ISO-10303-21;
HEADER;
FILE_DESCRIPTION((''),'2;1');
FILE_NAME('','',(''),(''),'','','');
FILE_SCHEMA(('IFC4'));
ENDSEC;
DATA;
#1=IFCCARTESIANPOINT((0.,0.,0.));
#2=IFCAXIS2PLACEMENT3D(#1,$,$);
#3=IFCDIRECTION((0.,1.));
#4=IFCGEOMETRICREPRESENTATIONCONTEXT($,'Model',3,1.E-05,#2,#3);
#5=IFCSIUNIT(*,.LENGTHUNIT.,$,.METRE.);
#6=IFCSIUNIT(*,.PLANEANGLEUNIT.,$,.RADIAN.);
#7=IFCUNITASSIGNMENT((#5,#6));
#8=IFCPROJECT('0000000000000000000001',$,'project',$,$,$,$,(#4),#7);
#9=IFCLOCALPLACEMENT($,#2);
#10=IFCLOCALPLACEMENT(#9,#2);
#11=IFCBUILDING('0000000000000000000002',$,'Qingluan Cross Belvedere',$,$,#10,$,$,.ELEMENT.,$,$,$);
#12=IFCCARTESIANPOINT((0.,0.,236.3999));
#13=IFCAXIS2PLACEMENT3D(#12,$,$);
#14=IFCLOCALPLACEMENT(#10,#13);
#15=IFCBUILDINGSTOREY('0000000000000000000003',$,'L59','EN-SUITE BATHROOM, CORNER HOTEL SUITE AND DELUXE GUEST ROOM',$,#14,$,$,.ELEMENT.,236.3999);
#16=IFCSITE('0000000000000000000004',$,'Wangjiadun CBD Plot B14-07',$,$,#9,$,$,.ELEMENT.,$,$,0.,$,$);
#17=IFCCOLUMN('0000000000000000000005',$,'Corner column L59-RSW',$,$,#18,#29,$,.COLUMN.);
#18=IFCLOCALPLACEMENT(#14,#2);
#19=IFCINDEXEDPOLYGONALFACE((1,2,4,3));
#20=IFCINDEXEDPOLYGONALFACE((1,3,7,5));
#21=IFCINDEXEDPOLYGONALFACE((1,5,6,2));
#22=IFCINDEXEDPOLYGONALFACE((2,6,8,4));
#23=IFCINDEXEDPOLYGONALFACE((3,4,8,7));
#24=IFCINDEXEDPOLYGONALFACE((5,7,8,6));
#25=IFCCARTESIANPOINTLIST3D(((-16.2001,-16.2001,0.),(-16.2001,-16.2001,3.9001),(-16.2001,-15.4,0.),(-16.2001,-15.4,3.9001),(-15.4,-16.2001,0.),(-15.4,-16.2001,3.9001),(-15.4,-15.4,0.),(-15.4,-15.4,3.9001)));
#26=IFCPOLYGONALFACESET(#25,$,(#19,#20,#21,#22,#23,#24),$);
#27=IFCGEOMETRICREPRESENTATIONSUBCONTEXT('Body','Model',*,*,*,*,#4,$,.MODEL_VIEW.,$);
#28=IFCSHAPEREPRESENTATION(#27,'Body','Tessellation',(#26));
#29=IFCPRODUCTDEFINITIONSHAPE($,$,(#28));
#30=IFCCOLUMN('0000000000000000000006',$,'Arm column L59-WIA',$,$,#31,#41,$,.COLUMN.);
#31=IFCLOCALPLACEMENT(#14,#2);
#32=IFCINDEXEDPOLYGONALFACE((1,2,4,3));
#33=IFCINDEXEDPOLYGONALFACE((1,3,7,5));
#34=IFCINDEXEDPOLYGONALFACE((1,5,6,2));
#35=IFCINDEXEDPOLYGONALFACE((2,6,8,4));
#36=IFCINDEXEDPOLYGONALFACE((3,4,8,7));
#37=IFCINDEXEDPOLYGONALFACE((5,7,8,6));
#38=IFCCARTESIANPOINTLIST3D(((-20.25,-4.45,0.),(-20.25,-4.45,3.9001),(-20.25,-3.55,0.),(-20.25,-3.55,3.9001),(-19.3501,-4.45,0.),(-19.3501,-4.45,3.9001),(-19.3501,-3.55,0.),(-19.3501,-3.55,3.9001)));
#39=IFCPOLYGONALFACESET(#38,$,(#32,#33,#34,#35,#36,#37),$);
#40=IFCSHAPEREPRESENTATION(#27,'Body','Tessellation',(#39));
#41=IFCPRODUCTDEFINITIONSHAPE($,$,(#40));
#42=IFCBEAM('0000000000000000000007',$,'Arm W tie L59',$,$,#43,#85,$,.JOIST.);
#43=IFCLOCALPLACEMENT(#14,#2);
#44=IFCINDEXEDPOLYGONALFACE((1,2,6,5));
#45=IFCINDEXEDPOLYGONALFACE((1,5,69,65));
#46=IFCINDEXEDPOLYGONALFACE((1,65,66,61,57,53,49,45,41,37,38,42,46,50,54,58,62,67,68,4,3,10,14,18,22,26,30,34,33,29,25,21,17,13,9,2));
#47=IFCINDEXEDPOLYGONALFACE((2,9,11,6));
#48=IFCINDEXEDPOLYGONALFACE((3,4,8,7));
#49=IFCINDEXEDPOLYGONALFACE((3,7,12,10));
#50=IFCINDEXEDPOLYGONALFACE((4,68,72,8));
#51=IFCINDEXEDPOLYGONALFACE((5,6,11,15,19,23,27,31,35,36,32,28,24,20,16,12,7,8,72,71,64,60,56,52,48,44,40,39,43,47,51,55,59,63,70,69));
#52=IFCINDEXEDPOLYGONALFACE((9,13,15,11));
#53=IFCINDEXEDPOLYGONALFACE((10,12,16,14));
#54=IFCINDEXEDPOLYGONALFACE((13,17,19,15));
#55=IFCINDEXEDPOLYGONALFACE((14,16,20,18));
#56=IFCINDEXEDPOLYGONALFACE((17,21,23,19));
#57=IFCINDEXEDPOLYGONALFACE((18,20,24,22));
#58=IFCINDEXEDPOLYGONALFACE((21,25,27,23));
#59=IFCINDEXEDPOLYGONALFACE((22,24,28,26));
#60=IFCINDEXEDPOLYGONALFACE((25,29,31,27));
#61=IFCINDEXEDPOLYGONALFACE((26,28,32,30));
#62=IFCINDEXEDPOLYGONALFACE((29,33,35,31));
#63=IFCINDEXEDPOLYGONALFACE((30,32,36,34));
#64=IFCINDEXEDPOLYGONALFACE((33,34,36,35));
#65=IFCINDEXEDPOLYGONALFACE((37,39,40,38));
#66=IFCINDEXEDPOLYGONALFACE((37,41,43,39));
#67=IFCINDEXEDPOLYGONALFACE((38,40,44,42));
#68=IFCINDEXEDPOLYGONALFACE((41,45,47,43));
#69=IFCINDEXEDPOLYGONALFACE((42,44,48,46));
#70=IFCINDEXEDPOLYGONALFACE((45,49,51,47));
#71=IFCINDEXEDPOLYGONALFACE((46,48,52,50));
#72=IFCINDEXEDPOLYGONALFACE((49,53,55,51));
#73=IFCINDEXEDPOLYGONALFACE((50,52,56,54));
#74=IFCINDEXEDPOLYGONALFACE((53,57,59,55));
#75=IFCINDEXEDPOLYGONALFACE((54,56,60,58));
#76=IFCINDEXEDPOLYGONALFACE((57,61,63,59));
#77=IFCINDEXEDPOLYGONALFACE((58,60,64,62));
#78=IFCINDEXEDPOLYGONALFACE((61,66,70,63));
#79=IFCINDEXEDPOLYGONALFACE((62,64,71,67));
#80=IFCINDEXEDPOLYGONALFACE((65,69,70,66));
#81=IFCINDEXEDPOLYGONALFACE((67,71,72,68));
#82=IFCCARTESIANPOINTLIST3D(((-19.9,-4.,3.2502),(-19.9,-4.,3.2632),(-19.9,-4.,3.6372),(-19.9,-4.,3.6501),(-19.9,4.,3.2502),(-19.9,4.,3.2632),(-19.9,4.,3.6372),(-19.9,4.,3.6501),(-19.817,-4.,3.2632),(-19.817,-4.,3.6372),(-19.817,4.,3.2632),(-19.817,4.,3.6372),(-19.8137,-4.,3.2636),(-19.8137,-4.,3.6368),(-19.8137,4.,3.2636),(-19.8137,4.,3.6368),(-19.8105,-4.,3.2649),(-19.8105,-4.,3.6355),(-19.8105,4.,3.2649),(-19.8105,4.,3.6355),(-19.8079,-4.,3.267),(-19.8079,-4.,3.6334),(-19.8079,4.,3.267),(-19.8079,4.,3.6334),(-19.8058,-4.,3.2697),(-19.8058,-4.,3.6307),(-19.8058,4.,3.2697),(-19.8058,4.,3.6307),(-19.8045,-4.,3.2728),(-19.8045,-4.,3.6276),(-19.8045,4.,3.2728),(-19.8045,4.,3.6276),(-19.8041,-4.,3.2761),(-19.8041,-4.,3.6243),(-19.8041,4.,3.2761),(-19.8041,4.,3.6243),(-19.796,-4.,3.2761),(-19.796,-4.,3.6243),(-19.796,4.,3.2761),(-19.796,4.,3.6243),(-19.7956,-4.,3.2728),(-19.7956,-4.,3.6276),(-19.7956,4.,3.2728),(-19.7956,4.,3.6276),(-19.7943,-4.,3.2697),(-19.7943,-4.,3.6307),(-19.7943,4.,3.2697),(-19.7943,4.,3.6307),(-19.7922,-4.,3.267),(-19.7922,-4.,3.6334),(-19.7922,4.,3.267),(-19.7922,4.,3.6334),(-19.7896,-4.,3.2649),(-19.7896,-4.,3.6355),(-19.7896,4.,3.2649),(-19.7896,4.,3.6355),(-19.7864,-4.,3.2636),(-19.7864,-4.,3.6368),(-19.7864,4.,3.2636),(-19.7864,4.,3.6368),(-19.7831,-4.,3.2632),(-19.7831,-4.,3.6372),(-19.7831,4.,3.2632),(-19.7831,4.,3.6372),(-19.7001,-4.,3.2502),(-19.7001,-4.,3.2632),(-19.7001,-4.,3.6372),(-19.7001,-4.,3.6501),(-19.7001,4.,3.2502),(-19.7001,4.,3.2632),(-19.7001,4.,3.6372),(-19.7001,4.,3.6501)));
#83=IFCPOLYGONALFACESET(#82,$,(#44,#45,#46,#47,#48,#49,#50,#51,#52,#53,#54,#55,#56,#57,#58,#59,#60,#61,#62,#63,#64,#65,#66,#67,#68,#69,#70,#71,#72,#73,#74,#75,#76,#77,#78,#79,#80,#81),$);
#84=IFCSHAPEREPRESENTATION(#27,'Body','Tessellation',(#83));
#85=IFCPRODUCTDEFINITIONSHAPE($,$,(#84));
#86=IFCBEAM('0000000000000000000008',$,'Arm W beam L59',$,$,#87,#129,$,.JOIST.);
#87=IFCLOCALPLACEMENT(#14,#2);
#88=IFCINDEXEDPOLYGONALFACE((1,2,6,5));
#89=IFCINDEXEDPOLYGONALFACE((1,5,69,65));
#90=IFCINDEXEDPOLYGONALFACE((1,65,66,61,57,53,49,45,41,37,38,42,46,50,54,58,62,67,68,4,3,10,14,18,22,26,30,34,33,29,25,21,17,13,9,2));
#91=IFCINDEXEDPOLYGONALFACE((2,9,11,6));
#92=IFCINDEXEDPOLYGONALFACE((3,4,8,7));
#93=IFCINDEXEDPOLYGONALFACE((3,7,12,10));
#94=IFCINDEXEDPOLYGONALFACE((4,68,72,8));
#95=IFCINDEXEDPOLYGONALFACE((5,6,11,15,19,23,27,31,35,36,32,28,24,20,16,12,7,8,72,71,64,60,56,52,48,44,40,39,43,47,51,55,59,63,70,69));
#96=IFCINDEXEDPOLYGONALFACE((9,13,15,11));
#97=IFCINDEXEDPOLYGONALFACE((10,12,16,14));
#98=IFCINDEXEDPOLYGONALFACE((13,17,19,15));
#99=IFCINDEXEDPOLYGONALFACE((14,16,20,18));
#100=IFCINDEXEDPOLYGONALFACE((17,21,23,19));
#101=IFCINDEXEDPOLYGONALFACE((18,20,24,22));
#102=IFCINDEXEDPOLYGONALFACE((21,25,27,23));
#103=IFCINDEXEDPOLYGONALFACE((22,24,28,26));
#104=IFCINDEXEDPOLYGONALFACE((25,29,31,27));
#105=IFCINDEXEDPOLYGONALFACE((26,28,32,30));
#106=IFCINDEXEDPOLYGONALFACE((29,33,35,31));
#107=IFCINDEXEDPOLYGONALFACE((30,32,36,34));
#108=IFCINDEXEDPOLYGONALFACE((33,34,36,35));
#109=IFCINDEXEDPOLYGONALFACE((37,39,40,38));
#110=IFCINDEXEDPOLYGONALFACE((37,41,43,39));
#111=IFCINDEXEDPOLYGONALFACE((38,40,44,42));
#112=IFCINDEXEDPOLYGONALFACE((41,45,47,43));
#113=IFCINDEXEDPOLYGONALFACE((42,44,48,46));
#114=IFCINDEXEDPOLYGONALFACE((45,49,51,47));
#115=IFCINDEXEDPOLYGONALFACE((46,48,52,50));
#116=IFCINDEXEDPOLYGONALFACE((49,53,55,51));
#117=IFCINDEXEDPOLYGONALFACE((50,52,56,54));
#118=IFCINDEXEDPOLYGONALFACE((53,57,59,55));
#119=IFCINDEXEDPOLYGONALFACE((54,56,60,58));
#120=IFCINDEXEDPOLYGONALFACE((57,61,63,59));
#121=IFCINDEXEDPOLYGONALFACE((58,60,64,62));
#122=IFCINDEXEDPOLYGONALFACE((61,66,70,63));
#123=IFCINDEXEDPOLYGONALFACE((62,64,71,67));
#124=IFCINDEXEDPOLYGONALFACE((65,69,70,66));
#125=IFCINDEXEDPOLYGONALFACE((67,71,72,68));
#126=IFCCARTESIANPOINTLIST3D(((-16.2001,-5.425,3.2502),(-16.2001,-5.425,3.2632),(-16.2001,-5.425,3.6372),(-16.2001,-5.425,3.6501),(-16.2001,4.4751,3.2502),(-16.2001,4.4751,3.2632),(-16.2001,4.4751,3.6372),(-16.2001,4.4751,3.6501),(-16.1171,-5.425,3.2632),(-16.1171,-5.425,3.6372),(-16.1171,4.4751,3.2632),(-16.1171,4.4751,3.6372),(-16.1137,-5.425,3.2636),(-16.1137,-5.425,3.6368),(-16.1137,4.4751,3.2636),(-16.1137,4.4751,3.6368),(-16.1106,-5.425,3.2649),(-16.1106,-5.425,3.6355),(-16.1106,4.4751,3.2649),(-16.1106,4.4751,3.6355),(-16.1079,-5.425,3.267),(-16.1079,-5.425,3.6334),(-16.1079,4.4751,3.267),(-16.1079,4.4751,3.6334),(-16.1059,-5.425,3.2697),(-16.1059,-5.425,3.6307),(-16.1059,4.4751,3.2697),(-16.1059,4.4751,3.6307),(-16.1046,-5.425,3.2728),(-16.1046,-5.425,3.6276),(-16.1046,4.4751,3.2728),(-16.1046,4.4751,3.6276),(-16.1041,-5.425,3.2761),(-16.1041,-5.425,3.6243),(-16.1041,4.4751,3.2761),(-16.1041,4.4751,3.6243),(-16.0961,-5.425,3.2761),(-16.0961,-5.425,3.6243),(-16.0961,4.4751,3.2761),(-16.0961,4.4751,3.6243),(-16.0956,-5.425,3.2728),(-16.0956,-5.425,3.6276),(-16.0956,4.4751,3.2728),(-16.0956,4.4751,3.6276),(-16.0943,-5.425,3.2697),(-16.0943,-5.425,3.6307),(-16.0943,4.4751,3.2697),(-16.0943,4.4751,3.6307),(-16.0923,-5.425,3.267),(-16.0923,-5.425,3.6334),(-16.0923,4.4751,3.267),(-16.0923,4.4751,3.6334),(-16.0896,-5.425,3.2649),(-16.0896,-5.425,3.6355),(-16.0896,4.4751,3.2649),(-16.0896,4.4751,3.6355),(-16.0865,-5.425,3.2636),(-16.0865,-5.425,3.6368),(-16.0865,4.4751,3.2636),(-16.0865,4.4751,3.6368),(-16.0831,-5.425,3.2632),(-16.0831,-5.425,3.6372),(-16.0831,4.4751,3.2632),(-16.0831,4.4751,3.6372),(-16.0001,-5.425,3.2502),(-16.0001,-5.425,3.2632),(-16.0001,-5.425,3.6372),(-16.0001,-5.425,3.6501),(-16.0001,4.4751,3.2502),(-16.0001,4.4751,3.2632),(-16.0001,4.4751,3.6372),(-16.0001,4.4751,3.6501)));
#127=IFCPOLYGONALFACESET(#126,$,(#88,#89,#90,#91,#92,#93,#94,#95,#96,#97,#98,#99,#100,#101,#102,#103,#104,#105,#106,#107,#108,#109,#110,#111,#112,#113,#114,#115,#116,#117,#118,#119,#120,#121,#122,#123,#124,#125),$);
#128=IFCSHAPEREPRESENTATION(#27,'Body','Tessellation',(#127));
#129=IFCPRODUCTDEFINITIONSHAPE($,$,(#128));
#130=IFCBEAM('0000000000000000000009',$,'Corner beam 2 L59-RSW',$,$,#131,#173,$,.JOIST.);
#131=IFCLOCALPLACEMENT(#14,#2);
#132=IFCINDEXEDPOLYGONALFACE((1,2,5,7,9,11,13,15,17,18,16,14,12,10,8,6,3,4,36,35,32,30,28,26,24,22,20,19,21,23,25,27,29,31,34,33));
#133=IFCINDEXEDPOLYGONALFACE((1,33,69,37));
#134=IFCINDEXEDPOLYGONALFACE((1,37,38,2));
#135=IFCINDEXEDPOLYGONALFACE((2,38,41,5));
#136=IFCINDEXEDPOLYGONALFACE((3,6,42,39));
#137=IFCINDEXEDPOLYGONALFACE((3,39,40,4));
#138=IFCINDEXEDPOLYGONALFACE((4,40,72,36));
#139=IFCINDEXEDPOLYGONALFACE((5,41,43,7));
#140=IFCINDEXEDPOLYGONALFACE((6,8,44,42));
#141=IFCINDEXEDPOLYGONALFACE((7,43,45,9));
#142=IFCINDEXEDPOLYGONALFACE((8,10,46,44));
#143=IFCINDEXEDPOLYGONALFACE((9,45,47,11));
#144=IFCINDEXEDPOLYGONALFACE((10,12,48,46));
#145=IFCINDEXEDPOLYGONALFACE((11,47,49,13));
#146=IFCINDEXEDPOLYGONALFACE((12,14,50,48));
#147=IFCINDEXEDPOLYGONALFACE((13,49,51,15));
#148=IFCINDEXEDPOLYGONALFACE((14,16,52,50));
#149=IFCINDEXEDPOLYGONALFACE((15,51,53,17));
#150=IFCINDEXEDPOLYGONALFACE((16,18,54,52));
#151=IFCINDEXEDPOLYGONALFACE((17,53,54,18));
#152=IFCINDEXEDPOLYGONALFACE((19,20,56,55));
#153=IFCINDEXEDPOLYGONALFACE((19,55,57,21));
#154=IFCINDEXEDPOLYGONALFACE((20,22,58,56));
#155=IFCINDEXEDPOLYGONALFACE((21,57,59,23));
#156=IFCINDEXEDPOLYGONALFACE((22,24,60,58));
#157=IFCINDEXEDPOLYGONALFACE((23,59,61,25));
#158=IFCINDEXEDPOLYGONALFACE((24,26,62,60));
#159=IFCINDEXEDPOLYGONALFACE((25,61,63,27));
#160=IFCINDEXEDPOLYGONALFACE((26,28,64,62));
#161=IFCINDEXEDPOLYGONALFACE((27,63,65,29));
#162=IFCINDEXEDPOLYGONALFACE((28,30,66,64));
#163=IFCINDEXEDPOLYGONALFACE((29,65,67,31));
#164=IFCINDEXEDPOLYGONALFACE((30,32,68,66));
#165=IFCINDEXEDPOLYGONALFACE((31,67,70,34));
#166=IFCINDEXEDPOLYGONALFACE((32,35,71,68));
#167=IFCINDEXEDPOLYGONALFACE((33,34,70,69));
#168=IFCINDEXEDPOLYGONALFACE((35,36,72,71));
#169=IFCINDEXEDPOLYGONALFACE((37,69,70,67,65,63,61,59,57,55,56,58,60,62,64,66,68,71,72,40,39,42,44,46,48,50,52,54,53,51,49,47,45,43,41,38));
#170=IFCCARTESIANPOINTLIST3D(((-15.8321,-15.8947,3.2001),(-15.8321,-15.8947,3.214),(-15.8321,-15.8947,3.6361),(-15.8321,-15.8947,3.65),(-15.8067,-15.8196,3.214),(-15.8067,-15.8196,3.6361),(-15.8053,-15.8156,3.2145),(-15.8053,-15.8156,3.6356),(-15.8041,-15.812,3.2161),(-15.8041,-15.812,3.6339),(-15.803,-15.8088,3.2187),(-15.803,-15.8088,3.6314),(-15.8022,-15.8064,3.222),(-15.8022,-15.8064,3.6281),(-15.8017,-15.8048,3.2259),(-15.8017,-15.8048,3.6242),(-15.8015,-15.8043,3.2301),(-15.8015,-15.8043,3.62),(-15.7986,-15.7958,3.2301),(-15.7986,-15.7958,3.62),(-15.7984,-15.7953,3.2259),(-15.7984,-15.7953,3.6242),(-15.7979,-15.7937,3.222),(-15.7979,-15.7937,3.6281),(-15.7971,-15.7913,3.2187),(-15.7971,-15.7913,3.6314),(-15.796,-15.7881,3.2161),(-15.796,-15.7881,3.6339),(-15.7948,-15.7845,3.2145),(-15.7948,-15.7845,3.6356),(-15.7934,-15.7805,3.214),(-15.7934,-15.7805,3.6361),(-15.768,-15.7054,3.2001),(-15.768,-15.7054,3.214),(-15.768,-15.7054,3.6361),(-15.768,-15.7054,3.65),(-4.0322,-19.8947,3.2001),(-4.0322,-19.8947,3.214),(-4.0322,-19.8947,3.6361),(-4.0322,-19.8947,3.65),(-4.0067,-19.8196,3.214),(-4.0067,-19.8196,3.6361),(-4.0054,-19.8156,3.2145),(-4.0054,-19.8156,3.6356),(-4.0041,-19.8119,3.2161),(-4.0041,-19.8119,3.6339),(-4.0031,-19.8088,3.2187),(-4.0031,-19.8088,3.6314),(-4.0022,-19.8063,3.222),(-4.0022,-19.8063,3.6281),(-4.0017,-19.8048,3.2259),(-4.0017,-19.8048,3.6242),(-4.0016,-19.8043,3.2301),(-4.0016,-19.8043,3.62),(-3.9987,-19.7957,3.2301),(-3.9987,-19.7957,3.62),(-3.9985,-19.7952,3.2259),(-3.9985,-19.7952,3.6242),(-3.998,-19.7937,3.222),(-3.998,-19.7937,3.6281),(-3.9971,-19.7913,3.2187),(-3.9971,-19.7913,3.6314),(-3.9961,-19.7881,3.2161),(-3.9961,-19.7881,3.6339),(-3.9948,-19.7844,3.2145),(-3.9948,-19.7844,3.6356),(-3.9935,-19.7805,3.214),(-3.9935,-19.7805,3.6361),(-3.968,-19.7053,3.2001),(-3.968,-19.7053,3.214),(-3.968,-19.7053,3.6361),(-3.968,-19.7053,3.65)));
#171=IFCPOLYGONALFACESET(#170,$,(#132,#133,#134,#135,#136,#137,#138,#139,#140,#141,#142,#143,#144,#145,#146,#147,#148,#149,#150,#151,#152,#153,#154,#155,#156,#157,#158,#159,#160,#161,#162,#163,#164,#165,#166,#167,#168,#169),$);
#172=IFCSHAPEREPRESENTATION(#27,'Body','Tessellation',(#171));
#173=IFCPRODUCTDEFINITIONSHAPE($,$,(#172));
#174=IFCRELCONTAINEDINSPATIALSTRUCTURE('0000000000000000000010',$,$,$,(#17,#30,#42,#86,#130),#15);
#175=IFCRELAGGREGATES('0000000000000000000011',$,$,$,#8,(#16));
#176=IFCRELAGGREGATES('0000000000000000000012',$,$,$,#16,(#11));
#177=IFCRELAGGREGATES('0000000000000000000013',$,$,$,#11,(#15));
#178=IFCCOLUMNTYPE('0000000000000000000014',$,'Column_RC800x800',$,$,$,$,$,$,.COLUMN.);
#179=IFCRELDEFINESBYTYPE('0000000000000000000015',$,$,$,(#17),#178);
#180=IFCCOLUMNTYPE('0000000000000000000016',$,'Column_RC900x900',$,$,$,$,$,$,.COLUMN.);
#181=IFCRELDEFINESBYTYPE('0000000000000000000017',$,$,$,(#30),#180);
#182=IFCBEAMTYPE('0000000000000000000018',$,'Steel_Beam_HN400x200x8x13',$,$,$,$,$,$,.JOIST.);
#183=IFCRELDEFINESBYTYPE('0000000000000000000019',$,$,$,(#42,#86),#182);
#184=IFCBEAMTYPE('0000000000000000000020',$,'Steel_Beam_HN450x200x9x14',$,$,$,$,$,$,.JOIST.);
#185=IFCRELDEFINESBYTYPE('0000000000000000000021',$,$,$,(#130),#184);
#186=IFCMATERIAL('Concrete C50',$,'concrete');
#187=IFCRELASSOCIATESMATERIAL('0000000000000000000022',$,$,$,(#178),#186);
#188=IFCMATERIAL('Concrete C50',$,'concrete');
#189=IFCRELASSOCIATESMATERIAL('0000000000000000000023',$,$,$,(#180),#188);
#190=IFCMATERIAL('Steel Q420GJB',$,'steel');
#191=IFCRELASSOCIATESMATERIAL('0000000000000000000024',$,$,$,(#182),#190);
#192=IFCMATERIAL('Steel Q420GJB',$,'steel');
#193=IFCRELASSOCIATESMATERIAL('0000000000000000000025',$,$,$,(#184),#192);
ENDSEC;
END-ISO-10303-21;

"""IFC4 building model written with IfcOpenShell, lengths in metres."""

from ifc_helpers import new_model, si_unit, direction, frame, origin, origin_2d, place, context, subcontext, project, spatial, rectangle, i_section, extrude, material, material_profile, profile_set, type_object, element, save


model = new_model("IFC4")

# Units and contexts
model_context = context("Model", 3, precision=1e-05, world=origin(), true_north=direction((0.0, 1.0)))
body_context = subcontext(model_context, "Body", "Model", "MODEL_VIEW")
ifc_project = project(units=[si_unit("LENGTHUNIT", "METRE"), si_unit("PLANEANGLEUNIT", "RADIAN")], contexts=[model_context])

# Site, building, storey
site_placement = place(None, origin())
site = spatial("IfcSite", under=ifc_project, at=site_placement, Name="Wangjiadun CBD Plot B14-07", CompositionType="ELEMENT", RefElevation=0.0)
building_placement = place(site_placement, origin())
building = spatial("IfcBuilding", under=site, at=building_placement, Name="Qingluan Cross Belvedere", CompositionType="ELEMENT")
storey_placement = place(building_placement, frame((0.0, 0.0, 236.3999)))
storey = spatial("IfcBuildingStorey", under=building, at=storey_placement, Name="L59", Description="EN-SUITE BATHROOM, CORNER HOTEL SUITE AND DELUXE GUEST ROOM", CompositionType="ELEMENT", Elevation=236.3999)

# Columns
ifc_material_1 = material(Name="Concrete C50", Category="concrete")
ifc_material_profile_1 = material_profile(ifc_material_1, rectangle(XDim=0.8, YDim=0.8, at=origin_2d()), Name="RC800x800")
ifc_profile_set_1 = profile_set([ifc_material_profile_1], Name="Concrete C50")
column_type_1 = type_object("IfcColumnType", Name="Column_RC800x800", PredefinedType="COLUMN", material=ifc_profile_set_1)
column_1_placement = place(storey_placement, frame((-15.8, -15.8, 0.0), z_axis=(0.0, 0.0, 1.0), x_axis=(1.0, 0.0, 0.0)))
element("IfcColumn", 1, at=column_1_placement, inside=storey, type_object=column_type_1, Name="Corner column L59-RSW", PredefinedType="COLUMN", context=body_context, shape_type="SweptSolid", body=[
    extrude(rectangle(XDim=0.8, YDim=0.8, at=origin_2d()), origin(), (0.0, 0.0, 1.0), 3.9001),
])
ifc_material_2 = material(Name="Concrete C50", Category="concrete")
ifc_material_profile_2 = material_profile(ifc_material_2, rectangle(XDim=0.8999, YDim=0.8999, at=origin_2d()), Name="RC900x900")
ifc_profile_set_2 = profile_set([ifc_material_profile_2], Name="Concrete C50")
column_type_2 = type_object("IfcColumnType", Name="Column_RC900x900", PredefinedType="COLUMN", material=ifc_profile_set_2)
column_2_placement = place(storey_placement, frame((-19.8, -4.0, 0.0), z_axis=(0.0, 0.0, 1.0), x_axis=(1.0, 0.0, 0.0)))
element("IfcColumn", 2, at=column_2_placement, inside=storey, type_object=column_type_2, Name="Arm column L59-WIA", PredefinedType="COLUMN", context=body_context, shape_type="SweptSolid", body=[
    extrude(rectangle(XDim=0.8999, YDim=0.8999, at=origin_2d()), origin(), (0.0, 0.0, 1.0), 3.9001),
])

# Beams
ifc_material_3 = material(Name="Steel Q420GJB", Category="steel")
ifc_material_profile_3 = material_profile(ifc_material_3, i_section(OverallWidth=0.2, OverallDepth=0.3999, WebThickness=0.0081, FlangeThickness=0.0129, FilletRadius=0.0129, at=origin_2d()), Name="HN400x200x8x13")
ifc_profile_set_3 = profile_set([ifc_material_profile_3], Name="Steel Q420GJB")
beam_type_1 = type_object("IfcBeamType", Name="Steel_Beam_HN400x200x8x13", PredefinedType="JOIST", material=ifc_profile_set_3)
beam_1_placement = place(storey_placement, frame((-19.8, -4.0, 3.4502), z_axis=(0.0, 1.0, 0.0), x_axis=(-1.0, 0.0, 0.0)))
element("IfcBeam", 3, at=beam_1_placement, inside=storey, type_object=beam_type_1, Name="Arm W tie L59", PredefinedType="JOIST", context=body_context, shape_type="SweptSolid", body=[
    extrude(i_section(OverallWidth=0.2, OverallDepth=0.3999, WebThickness=0.0081, FlangeThickness=0.0129, FilletRadius=0.0129, at=origin_2d()), origin(), (0.0, 0.0, 1.0), 8.0),
])
beam_2_placement = place(storey_placement, frame((-16.1001, -5.425, 3.4502), z_axis=(0.0, 1.0, 0.0), x_axis=(-1.0, 0.0, 0.0)))
element("IfcBeam", 4, at=beam_2_placement, inside=storey, type_object=beam_type_1, Name="Arm W beam L59", PredefinedType="JOIST", context=body_context, shape_type="SweptSolid", body=[
    extrude(i_section(OverallWidth=0.2, OverallDepth=0.3999, WebThickness=0.0081, FlangeThickness=0.0129, FilletRadius=0.0129, at=origin_2d()), origin(), (0.0, 0.0, 1.0), 9.9001),
])
ifc_material_4 = material(Name="Steel Q420GJB", Category="steel")
ifc_material_profile_4 = material_profile(ifc_material_4, i_section(OverallWidth=0.2, OverallDepth=0.45, WebThickness=0.009, FlangeThickness=0.0139, FilletRadius=0.0161, at=origin_2d()), Name="HN450x200x9x14")
ifc_profile_set_4 = profile_set([ifc_material_profile_4], Name="Steel Q420GJB")
beam_type_2 = type_object("IfcBeamType", Name="Steel_Beam_HN450x200x9x14", PredefinedType="JOIST", material=ifc_profile_set_4)
for number, where, z_axis, x_axis, name in (
    (5, (-15.8, -15.8, 3.425), (0.947066, -0.321038, 0.0), (0.321038, 0.947066, 0.0), "Corner beam 2 L59-RSW"),
):
    element("IfcBeam", number, at=place(storey_placement, frame(where, z_axis=z_axis, x_axis=x_axis)), inside=storey, type_object=beam_type_2, Name=name, PredefinedType="JOIST", context=body_context, shape_type="SweptSolid", body=[
        extrude(i_section(OverallWidth=0.2, OverallDepth=0.45, WebThickness=0.009, FlangeThickness=0.0139, FilletRadius=0.0161, at=origin_2d()), origin(), (0.0, 0.0, 1.0), 12.4595),
    ])

save(model, "model.ifc")
